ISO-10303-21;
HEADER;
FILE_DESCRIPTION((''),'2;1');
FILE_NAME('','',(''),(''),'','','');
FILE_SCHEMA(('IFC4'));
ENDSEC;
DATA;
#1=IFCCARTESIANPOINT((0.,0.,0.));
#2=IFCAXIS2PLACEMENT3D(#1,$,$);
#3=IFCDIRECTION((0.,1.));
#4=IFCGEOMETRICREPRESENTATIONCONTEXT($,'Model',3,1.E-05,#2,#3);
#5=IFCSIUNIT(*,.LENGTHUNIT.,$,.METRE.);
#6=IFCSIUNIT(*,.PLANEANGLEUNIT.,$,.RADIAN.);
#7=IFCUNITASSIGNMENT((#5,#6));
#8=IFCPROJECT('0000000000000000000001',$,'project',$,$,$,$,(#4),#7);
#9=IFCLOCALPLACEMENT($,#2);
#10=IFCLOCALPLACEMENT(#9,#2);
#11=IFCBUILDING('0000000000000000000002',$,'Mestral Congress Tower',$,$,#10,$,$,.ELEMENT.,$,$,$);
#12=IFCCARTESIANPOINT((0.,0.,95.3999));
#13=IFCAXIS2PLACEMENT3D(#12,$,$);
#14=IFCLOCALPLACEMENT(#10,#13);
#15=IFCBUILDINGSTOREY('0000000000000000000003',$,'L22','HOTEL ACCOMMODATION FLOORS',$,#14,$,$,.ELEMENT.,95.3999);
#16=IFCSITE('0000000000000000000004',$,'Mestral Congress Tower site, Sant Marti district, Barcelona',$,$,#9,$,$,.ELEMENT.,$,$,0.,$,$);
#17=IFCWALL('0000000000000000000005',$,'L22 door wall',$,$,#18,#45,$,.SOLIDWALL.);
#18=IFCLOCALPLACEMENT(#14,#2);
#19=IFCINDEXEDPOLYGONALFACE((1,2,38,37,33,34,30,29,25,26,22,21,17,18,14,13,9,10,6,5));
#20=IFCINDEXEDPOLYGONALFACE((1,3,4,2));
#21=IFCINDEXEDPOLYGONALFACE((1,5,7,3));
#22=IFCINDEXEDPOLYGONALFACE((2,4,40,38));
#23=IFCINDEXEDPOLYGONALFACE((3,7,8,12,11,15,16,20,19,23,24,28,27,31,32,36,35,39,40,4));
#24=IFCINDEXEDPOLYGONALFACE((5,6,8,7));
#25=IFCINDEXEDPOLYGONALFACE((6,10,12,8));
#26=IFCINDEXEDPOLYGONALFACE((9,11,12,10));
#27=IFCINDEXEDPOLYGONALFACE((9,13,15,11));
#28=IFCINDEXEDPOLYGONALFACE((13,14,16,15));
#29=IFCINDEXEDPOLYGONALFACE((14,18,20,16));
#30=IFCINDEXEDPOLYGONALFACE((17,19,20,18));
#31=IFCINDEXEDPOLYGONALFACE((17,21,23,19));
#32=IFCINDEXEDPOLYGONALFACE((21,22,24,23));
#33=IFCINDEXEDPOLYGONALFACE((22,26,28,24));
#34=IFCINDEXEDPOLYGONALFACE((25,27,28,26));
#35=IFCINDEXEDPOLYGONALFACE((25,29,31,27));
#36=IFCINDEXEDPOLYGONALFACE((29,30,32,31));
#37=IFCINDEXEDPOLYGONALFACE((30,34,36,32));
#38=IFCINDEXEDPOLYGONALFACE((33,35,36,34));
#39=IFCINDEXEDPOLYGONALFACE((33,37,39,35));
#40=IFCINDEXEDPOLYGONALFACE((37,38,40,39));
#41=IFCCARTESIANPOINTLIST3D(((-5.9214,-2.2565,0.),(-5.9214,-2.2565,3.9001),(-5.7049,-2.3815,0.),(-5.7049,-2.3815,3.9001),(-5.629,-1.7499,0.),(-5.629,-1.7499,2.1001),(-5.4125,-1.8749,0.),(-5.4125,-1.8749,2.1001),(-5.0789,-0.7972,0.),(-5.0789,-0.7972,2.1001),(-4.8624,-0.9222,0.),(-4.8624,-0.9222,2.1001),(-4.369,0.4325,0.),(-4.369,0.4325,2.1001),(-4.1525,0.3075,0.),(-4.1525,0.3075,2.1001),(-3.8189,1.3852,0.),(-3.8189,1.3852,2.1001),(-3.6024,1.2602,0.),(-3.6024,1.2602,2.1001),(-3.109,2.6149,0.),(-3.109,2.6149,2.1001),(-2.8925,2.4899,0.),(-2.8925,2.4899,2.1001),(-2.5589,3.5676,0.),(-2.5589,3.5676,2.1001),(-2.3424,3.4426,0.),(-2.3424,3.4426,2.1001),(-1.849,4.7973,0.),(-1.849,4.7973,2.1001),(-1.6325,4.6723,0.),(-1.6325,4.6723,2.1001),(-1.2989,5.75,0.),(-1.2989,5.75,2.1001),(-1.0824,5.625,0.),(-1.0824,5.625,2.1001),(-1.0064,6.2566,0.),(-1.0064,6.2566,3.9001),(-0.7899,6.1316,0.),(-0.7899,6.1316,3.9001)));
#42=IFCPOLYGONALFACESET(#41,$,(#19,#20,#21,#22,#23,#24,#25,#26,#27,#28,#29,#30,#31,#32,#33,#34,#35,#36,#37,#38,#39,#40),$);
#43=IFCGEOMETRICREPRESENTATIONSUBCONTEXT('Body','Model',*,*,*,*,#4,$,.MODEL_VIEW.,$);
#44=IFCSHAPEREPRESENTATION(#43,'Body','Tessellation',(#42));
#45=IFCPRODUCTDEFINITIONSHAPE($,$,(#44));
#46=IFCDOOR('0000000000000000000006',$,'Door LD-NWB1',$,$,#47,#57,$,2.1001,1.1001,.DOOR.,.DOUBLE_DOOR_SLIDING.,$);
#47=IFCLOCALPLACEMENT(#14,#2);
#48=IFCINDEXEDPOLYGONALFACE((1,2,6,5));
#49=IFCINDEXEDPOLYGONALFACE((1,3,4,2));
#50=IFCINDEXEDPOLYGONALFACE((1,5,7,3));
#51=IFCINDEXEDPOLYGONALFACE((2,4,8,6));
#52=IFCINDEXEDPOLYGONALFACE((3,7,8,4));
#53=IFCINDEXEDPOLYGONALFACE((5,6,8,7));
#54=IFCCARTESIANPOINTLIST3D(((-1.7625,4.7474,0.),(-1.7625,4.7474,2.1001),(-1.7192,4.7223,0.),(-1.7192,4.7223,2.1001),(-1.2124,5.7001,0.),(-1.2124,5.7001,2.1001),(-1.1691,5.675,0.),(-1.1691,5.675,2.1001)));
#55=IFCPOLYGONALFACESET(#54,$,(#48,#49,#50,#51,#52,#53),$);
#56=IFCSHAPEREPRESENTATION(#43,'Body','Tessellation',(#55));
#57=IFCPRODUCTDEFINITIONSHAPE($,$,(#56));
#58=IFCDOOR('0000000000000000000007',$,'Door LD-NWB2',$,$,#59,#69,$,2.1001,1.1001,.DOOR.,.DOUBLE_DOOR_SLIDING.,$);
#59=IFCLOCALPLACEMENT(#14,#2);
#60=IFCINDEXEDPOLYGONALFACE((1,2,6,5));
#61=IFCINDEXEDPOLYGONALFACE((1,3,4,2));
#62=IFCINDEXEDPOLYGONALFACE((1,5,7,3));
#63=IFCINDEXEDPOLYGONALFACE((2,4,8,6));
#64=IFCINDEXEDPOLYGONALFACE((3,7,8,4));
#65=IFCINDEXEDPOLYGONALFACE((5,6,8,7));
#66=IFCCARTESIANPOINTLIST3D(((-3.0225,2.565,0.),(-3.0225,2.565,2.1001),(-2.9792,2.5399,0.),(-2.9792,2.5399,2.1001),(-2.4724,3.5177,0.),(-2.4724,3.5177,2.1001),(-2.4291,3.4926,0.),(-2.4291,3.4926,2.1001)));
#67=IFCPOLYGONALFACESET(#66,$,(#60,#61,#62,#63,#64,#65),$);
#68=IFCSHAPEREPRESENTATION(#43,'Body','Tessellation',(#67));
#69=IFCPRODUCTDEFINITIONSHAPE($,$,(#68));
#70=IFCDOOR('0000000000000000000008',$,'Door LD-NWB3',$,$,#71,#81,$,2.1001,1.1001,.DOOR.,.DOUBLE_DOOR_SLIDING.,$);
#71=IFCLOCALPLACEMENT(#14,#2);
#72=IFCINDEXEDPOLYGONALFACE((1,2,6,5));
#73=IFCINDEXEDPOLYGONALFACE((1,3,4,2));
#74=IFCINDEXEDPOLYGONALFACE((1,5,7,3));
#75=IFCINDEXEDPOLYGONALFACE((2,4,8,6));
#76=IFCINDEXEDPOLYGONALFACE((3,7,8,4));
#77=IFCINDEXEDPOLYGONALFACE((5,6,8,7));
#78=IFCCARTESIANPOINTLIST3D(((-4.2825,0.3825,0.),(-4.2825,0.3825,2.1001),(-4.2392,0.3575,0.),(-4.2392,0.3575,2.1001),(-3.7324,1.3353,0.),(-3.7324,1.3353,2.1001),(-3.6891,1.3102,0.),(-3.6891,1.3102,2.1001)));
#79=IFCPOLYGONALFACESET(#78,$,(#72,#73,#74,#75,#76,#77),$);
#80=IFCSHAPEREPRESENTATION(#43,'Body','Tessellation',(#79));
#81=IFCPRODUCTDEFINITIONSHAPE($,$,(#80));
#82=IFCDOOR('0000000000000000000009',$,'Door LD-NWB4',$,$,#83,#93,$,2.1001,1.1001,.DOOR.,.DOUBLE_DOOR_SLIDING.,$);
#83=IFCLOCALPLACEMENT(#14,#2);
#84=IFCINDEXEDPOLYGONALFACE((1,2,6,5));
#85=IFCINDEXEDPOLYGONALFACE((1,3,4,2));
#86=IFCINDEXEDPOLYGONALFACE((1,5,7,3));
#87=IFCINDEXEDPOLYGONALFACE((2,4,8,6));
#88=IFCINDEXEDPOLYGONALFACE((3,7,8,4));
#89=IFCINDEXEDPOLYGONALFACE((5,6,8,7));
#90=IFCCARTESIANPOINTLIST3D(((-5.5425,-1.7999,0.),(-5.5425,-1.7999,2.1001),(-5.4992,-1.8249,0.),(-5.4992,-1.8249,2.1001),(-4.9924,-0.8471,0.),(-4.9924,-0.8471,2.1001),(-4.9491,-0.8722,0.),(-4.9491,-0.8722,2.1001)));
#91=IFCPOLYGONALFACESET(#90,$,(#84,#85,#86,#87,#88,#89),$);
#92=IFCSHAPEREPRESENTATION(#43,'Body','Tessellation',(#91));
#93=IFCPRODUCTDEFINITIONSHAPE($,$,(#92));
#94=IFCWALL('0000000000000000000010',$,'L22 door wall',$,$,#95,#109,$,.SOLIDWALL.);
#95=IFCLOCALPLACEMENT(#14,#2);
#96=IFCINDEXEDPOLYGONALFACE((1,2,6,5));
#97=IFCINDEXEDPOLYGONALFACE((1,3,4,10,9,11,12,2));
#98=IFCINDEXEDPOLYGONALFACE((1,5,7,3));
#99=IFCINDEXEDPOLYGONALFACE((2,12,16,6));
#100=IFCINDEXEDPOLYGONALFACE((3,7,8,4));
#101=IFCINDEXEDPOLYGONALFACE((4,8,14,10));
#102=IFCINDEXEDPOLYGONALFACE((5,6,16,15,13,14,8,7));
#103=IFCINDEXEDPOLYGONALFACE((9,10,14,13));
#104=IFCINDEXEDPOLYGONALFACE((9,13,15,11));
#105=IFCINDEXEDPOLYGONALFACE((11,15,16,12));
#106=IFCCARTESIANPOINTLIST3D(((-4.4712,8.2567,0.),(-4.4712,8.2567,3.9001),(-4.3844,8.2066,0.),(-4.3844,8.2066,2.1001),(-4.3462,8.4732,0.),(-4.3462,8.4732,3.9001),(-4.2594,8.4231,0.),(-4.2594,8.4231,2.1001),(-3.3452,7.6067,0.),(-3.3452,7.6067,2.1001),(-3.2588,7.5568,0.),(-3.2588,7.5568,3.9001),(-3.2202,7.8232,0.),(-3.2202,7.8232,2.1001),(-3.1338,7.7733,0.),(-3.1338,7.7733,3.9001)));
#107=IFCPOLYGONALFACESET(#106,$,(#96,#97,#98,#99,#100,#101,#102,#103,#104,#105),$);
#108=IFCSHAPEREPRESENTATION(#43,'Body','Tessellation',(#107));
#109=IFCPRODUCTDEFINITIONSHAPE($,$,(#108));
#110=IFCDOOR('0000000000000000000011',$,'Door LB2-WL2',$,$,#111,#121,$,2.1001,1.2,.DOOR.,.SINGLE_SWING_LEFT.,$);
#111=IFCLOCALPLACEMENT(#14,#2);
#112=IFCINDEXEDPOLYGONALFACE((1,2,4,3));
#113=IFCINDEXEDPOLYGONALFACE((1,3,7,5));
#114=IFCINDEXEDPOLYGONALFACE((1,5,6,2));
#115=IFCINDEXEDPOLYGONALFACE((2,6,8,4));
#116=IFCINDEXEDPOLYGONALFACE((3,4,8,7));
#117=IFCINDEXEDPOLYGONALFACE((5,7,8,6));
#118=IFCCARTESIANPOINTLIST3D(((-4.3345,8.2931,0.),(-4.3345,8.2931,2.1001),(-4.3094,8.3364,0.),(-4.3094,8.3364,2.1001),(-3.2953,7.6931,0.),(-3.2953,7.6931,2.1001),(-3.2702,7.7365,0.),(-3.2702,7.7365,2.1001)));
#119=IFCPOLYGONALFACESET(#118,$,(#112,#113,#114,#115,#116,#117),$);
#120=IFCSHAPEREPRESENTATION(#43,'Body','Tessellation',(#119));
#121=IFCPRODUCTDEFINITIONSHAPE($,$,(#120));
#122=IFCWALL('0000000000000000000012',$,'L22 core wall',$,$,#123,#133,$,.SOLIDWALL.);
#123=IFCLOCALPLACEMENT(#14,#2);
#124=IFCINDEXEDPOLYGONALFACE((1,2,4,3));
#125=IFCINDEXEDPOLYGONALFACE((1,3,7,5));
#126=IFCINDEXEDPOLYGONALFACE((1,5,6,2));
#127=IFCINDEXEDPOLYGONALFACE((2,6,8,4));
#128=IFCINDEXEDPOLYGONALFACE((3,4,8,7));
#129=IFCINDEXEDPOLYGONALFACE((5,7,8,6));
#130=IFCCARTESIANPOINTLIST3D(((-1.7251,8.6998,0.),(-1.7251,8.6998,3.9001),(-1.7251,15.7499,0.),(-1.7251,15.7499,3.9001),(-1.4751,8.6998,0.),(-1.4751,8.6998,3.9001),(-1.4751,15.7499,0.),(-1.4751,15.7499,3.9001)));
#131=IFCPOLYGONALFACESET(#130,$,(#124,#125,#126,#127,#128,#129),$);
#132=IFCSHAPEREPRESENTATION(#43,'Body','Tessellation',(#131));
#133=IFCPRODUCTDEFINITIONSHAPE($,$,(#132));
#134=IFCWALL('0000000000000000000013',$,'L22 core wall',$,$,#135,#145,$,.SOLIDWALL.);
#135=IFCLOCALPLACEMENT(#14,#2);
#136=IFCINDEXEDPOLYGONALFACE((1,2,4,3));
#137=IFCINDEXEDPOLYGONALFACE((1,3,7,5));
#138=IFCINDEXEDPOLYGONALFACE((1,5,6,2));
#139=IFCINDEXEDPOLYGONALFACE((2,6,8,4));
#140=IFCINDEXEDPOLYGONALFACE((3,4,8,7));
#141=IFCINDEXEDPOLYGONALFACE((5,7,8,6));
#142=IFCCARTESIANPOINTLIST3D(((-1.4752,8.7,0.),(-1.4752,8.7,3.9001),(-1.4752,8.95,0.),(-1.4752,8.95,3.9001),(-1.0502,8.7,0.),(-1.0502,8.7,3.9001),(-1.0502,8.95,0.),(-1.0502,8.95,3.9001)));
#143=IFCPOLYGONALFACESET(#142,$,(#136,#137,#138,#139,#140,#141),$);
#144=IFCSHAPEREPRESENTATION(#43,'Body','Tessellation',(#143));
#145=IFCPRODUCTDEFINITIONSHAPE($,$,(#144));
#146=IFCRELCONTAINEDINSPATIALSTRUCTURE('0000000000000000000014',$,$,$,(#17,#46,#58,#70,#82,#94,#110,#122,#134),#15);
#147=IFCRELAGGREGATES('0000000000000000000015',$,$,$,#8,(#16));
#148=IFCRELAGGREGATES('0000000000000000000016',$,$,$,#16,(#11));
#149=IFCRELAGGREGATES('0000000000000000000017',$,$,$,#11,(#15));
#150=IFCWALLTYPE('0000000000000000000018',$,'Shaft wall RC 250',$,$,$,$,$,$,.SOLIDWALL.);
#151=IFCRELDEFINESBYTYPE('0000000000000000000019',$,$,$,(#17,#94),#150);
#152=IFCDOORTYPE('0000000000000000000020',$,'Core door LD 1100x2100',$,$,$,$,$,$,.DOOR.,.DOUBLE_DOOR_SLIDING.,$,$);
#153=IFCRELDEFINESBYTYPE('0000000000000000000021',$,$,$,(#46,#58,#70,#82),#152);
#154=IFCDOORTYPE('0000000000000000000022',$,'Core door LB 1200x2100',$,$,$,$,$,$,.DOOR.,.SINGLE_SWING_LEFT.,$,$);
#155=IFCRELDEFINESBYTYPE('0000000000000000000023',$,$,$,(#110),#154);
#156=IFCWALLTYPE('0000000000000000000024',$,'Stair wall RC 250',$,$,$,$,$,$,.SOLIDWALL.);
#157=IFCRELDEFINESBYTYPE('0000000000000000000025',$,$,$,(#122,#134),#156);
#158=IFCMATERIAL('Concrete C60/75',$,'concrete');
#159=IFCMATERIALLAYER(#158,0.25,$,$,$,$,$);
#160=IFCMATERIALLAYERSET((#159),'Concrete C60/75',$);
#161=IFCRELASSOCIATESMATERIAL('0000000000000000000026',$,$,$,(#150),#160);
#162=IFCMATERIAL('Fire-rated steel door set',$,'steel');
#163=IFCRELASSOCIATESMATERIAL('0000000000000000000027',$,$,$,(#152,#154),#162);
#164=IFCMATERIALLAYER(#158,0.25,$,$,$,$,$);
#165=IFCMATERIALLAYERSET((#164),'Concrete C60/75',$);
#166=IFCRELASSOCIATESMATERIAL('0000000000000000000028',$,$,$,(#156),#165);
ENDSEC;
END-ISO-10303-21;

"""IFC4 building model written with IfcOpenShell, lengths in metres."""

from ifc_helpers import new_model, si_unit, direction, frame, frame_2d, origin, place, context, subcontext, project, spatial, rectangle, extrude, material, layer, layer_set, type_object, element, fill, save


model = new_model("IFC4")

# Units and contexts
model_context = context("Model", 3, precision=1e-05, world=origin(), true_north=direction((0.0, 1.0)))
body_context = subcontext(model_context, "Body", "Model", "MODEL_VIEW")
ifc_project = project(units=[si_unit("LENGTHUNIT", "METRE"), si_unit("PLANEANGLEUNIT", "RADIAN")], contexts=[model_context])

# Site, building, storey
site_placement = place(None, origin())
site = spatial("IfcSite", under=ifc_project, at=site_placement, Name="Mestral Congress Tower site, Sant Marti district, Barcelona", CompositionType="ELEMENT", RefElevation=0.0)
building_placement = place(site_placement, origin())
building = spatial("IfcBuilding", under=site, at=building_placement, Name="Mestral Congress Tower", CompositionType="ELEMENT")
storey_placement = place(building_placement, frame((0.0, 0.0, 95.3999)))
storey = spatial("IfcBuildingStorey", under=building, at=storey_placement, Name="L22", Description="HOTEL ACCOMMODATION FLOORS", CompositionType="ELEMENT", Elevation=95.3999)

# Shared definitions
ifc_material_1 = material(Name="Concrete C60/75", Category="concrete")

# Shared definitions
ifc_material_2 = material(Name="Fire-rated steel door set", Category="steel")

# Shared definitions
ifc_layer_1 = layer(ifc_material_1, 0.25)
ifc_layer_set_1 = layer_set([ifc_layer_1], Name="Concrete C60/75")
wall_type_1 = type_object("IfcWallType", Name="Shaft wall RC 250", PredefinedType="SOLIDWALL", material=ifc_layer_set_1)

# Wall, openings, doors
wall_1_placement = place(storey_placement, frame((-0.8982, 6.1941, 0.0), z_axis=(0.0, 0.0, 1.0), x_axis=(-0.499996, -0.866028, 0.0)))
wall_1 = element("IfcWall", 1, at=wall_1_placement, inside=storey, type_object=wall_type_1, Name="L22 door wall", PredefinedType="SOLIDWALL", context=body_context, shape_type="SweptSolid", body=[
    extrude(rectangle(XDim=9.8301, YDim=0.25, at=frame_2d((4.915, 0.0))), origin(), (0.0, 0.0, 1.0), 3.9001),
])
opening_1_placement = place(wall_1_placement, frame((0.585, 0.0, 0.0)))
opening_1 = element("IfcOpeningElement", 2, at=opening_1_placement, cuts=wall_1, PredefinedType="OPENING", context=body_context, shape_type="SweptSolid", body=[
    extrude(rectangle(XDim=1.1001, YDim=2.1001, at=frame_2d((0.55, 1.05))), frame((0.0, 0.135, 0.0), z_axis=(0.0, -1.0, 0.0), x_axis=(1.0, 0.0, 0.0)), (0.0, 0.0, 1.0), 0.27),
])
opening_2_placement = place(wall_1_placement, frame((3.105, 0.0, 0.0)))
opening_2 = element("IfcOpeningElement", 3, at=opening_2_placement, cuts=wall_1, PredefinedType="OPENING", context=body_context, shape_type="SweptSolid", body=[
    extrude(rectangle(XDim=1.1001, YDim=2.1001, at=frame_2d((0.55, 1.05))), frame((0.0, 0.135, 0.0), z_axis=(0.0, -1.0, 0.0), x_axis=(1.0, 0.0, 0.0)), (0.0, 0.0, 1.0), 0.27),
])
opening_3_placement = place(wall_1_placement, frame((5.625, 0.0, 0.0)))
opening_3 = element("IfcOpeningElement", 4, at=opening_3_placement, cuts=wall_1, PredefinedType="OPENING", context=body_context, shape_type="SweptSolid", body=[
    extrude(rectangle(XDim=1.1001, YDim=2.1001, at=frame_2d((0.55, 1.05))), frame((0.0, 0.135, 0.0), z_axis=(0.0, -1.0, 0.0), x_axis=(1.0, 0.0, 0.0)), (0.0, 0.0, 1.0), 0.27),
])
opening_4_placement = place(wall_1_placement, frame((8.145, 0.0, 0.0)))
opening_4 = element("IfcOpeningElement", 5, at=opening_4_placement, cuts=wall_1, PredefinedType="OPENING", context=body_context, shape_type="SweptSolid", body=[
    extrude(rectangle(XDim=1.1001, YDim=2.1001, at=frame_2d((0.55, 1.05))), frame((0.0, 0.135, 0.0), z_axis=(0.0, -1.0, 0.0), x_axis=(1.0, 0.0, 0.0)), (0.0, 0.0, 1.0), 0.27),
])
door_type_1 = type_object("IfcDoorType", Name="Core door LD 1100x2100", OperationType="DOUBLE_DOOR_SLIDING", PredefinedType="DOOR", material=ifc_material_2)
door_1_placement = place(opening_1_placement, origin())
door_1 = element("IfcDoor", 6, at=door_1_placement, inside=storey, type_object=door_type_1, Name="Door LD-NWB1", OperationType="DOUBLE_DOOR_SLIDING", OverallHeight=2.1001, OverallWidth=1.1001, PredefinedType="DOOR", context=body_context, shape_type="SweptSolid", body=[
    extrude(rectangle(XDim=1.1001, YDim=2.1001, at=frame_2d((0.55, 1.05))), frame((0.0, 0.0249, 0.0), z_axis=(0.0, -1.0, 0.0), x_axis=(1.0, 0.0, 0.0)), (0.0, 0.0, 1.0), 0.05),
])
fill(opening_1, door_1)
door_2_placement = place(opening_2_placement, origin())
door_2 = element("IfcDoor", 7, at=door_2_placement, inside=storey, type_object=door_type_1, Name="Door LD-NWB2", OperationType="DOUBLE_DOOR_SLIDING", OverallHeight=2.1001, OverallWidth=1.1001, PredefinedType="DOOR", context=body_context, shape_type="SweptSolid", body=[
    extrude(rectangle(XDim=1.1001, YDim=2.1001, at=frame_2d((0.55, 1.05))), frame((0.0, 0.0249, 0.0), z_axis=(0.0, -1.0, 0.0), x_axis=(1.0, 0.0, 0.0)), (0.0, 0.0, 1.0), 0.05),
])
fill(opening_2, door_2)
door_3_placement = place(opening_3_placement, origin())
door_3 = element("IfcDoor", 8, at=door_3_placement, inside=storey, type_object=door_type_1, Name="Door LD-NWB3", OperationType="DOUBLE_DOOR_SLIDING", OverallHeight=2.1001, OverallWidth=1.1001, PredefinedType="DOOR", context=body_context, shape_type="SweptSolid", body=[
    extrude(rectangle(XDim=1.1001, YDim=2.1001, at=frame_2d((0.55, 1.05))), frame((0.0, 0.0249, 0.0), z_axis=(0.0, -1.0, 0.0), x_axis=(1.0, 0.0, 0.0)), (0.0, 0.0, 1.0), 0.05),
])
fill(opening_3, door_3)
door_4_placement = place(opening_4_placement, origin())
door_4 = element("IfcDoor", 9, at=door_4_placement, inside=storey, type_object=door_type_1, Name="Door LD-NWB4", OperationType="DOUBLE_DOOR_SLIDING", OverallHeight=2.1001, OverallWidth=1.1001, PredefinedType="DOOR", context=body_context, shape_type="SweptSolid", body=[
    extrude(rectangle(XDim=1.1001, YDim=2.1001, at=frame_2d((0.55, 1.05))), frame((0.0, 0.0249, 0.0), z_axis=(0.0, -1.0, 0.0), x_axis=(1.0, 0.0, 0.0)), (0.0, 0.0, 1.0), 0.05),
])
fill(opening_4, door_4)

# Wall, opening, door
wall_2_placement = place(storey_placement, frame((-4.4087, 8.365, 0.0), z_axis=(0.0, 0.0, 1.0), x_axis=(0.866035, -0.499984, 0.0)))
wall_2 = element("IfcWall", 10, at=wall_2_placement, inside=storey, type_object=wall_type_1, Name="L22 door wall", PredefinedType="SOLIDWALL", context=body_context, shape_type="SweptSolid", body=[
    extrude(rectangle(XDim=1.3999, YDim=0.25, at=frame_2d((0.7, 0.0))), origin(), (0.0, 0.0, 1.0), 3.9001),
])
opening_5_placement = place(wall_2_placement, frame((0.1001, 0.0, 0.0)))
opening_5 = element("IfcOpeningElement", 11, at=opening_5_placement, cuts=wall_2, PredefinedType="OPENING", context=body_context, shape_type="SweptSolid", body=[
    extrude(rectangle(XDim=1.2, YDim=2.1001, at=frame_2d((0.6001, 1.05))), frame((0.0, 0.135, 0.0), z_axis=(0.0, -1.0, 0.0), x_axis=(1.0, 0.0, 0.0)), (0.0, 0.0, 1.0), 0.27),
])
door_type_2 = type_object("IfcDoorType", Name="Core door LB 1200x2100", OperationType="SINGLE_SWING_LEFT", PredefinedType="DOOR", material=ifc_material_2)
door_5_placement = place(opening_5_placement, origin())
door_5 = element("IfcDoor", 12, at=door_5_placement, inside=storey, type_object=door_type_2, Name="Door LB2-WL2", OperationType="SINGLE_SWING_LEFT", OverallHeight=2.1001, OverallWidth=1.2, PredefinedType="DOOR", context=body_context, shape_type="SweptSolid", body=[
    extrude(rectangle(XDim=1.2, YDim=2.1001, at=frame_2d((0.6001, 1.05))), frame((0.0, 0.0249, 0.0), z_axis=(0.0, -1.0, 0.0), x_axis=(1.0, 0.0, 0.0)), (0.0, 0.0, 1.0), 0.05),
])
fill(opening_5, door_5)

# Walls
ifc_layer_2 = layer(ifc_material_1, 0.25)
ifc_layer_set_2 = layer_set([ifc_layer_2], Name="Concrete C60/75")
wall_type_2 = type_object("IfcWallType", Name="Stair wall RC 250", PredefinedType="SOLIDWALL", material=ifc_layer_set_2)
wall_3_placement = place(storey_placement, frame((-1.6001, 8.7, 0.0), z_axis=(0.0, 0.0, 1.0), x_axis=(0.0, 1.0, 0.0)))
element("IfcWall", 13, at=wall_3_placement, inside=storey, type_object=wall_type_2, Name="L22 core wall", PredefinedType="SOLIDWALL", context=body_context, shape_type="SweptSolid", body=[
    extrude(rectangle(XDim=7.05, YDim=0.25, at=frame_2d((3.5249, 0.0))), origin(), (0.0, 0.0, 1.0), 3.9001),
])
wall_4_placement = place(storey_placement, frame((-1.4751, 8.825, 0.0), z_axis=(0.0, 0.0, 1.0), x_axis=(1.0, 0.0, 0.0)))
element("IfcWall", 14, at=wall_4_placement, inside=storey, type_object=wall_type_2, Name="L22 core wall", PredefinedType="SOLIDWALL", context=body_context, shape_type="SweptSolid", body=[
    extrude(rectangle(XDim=0.425, YDim=0.25, at=frame_2d((0.2124, 0.0))), origin(), (0.0, 0.0, 1.0), 3.9001),
])

save(model, "model.ifc")
